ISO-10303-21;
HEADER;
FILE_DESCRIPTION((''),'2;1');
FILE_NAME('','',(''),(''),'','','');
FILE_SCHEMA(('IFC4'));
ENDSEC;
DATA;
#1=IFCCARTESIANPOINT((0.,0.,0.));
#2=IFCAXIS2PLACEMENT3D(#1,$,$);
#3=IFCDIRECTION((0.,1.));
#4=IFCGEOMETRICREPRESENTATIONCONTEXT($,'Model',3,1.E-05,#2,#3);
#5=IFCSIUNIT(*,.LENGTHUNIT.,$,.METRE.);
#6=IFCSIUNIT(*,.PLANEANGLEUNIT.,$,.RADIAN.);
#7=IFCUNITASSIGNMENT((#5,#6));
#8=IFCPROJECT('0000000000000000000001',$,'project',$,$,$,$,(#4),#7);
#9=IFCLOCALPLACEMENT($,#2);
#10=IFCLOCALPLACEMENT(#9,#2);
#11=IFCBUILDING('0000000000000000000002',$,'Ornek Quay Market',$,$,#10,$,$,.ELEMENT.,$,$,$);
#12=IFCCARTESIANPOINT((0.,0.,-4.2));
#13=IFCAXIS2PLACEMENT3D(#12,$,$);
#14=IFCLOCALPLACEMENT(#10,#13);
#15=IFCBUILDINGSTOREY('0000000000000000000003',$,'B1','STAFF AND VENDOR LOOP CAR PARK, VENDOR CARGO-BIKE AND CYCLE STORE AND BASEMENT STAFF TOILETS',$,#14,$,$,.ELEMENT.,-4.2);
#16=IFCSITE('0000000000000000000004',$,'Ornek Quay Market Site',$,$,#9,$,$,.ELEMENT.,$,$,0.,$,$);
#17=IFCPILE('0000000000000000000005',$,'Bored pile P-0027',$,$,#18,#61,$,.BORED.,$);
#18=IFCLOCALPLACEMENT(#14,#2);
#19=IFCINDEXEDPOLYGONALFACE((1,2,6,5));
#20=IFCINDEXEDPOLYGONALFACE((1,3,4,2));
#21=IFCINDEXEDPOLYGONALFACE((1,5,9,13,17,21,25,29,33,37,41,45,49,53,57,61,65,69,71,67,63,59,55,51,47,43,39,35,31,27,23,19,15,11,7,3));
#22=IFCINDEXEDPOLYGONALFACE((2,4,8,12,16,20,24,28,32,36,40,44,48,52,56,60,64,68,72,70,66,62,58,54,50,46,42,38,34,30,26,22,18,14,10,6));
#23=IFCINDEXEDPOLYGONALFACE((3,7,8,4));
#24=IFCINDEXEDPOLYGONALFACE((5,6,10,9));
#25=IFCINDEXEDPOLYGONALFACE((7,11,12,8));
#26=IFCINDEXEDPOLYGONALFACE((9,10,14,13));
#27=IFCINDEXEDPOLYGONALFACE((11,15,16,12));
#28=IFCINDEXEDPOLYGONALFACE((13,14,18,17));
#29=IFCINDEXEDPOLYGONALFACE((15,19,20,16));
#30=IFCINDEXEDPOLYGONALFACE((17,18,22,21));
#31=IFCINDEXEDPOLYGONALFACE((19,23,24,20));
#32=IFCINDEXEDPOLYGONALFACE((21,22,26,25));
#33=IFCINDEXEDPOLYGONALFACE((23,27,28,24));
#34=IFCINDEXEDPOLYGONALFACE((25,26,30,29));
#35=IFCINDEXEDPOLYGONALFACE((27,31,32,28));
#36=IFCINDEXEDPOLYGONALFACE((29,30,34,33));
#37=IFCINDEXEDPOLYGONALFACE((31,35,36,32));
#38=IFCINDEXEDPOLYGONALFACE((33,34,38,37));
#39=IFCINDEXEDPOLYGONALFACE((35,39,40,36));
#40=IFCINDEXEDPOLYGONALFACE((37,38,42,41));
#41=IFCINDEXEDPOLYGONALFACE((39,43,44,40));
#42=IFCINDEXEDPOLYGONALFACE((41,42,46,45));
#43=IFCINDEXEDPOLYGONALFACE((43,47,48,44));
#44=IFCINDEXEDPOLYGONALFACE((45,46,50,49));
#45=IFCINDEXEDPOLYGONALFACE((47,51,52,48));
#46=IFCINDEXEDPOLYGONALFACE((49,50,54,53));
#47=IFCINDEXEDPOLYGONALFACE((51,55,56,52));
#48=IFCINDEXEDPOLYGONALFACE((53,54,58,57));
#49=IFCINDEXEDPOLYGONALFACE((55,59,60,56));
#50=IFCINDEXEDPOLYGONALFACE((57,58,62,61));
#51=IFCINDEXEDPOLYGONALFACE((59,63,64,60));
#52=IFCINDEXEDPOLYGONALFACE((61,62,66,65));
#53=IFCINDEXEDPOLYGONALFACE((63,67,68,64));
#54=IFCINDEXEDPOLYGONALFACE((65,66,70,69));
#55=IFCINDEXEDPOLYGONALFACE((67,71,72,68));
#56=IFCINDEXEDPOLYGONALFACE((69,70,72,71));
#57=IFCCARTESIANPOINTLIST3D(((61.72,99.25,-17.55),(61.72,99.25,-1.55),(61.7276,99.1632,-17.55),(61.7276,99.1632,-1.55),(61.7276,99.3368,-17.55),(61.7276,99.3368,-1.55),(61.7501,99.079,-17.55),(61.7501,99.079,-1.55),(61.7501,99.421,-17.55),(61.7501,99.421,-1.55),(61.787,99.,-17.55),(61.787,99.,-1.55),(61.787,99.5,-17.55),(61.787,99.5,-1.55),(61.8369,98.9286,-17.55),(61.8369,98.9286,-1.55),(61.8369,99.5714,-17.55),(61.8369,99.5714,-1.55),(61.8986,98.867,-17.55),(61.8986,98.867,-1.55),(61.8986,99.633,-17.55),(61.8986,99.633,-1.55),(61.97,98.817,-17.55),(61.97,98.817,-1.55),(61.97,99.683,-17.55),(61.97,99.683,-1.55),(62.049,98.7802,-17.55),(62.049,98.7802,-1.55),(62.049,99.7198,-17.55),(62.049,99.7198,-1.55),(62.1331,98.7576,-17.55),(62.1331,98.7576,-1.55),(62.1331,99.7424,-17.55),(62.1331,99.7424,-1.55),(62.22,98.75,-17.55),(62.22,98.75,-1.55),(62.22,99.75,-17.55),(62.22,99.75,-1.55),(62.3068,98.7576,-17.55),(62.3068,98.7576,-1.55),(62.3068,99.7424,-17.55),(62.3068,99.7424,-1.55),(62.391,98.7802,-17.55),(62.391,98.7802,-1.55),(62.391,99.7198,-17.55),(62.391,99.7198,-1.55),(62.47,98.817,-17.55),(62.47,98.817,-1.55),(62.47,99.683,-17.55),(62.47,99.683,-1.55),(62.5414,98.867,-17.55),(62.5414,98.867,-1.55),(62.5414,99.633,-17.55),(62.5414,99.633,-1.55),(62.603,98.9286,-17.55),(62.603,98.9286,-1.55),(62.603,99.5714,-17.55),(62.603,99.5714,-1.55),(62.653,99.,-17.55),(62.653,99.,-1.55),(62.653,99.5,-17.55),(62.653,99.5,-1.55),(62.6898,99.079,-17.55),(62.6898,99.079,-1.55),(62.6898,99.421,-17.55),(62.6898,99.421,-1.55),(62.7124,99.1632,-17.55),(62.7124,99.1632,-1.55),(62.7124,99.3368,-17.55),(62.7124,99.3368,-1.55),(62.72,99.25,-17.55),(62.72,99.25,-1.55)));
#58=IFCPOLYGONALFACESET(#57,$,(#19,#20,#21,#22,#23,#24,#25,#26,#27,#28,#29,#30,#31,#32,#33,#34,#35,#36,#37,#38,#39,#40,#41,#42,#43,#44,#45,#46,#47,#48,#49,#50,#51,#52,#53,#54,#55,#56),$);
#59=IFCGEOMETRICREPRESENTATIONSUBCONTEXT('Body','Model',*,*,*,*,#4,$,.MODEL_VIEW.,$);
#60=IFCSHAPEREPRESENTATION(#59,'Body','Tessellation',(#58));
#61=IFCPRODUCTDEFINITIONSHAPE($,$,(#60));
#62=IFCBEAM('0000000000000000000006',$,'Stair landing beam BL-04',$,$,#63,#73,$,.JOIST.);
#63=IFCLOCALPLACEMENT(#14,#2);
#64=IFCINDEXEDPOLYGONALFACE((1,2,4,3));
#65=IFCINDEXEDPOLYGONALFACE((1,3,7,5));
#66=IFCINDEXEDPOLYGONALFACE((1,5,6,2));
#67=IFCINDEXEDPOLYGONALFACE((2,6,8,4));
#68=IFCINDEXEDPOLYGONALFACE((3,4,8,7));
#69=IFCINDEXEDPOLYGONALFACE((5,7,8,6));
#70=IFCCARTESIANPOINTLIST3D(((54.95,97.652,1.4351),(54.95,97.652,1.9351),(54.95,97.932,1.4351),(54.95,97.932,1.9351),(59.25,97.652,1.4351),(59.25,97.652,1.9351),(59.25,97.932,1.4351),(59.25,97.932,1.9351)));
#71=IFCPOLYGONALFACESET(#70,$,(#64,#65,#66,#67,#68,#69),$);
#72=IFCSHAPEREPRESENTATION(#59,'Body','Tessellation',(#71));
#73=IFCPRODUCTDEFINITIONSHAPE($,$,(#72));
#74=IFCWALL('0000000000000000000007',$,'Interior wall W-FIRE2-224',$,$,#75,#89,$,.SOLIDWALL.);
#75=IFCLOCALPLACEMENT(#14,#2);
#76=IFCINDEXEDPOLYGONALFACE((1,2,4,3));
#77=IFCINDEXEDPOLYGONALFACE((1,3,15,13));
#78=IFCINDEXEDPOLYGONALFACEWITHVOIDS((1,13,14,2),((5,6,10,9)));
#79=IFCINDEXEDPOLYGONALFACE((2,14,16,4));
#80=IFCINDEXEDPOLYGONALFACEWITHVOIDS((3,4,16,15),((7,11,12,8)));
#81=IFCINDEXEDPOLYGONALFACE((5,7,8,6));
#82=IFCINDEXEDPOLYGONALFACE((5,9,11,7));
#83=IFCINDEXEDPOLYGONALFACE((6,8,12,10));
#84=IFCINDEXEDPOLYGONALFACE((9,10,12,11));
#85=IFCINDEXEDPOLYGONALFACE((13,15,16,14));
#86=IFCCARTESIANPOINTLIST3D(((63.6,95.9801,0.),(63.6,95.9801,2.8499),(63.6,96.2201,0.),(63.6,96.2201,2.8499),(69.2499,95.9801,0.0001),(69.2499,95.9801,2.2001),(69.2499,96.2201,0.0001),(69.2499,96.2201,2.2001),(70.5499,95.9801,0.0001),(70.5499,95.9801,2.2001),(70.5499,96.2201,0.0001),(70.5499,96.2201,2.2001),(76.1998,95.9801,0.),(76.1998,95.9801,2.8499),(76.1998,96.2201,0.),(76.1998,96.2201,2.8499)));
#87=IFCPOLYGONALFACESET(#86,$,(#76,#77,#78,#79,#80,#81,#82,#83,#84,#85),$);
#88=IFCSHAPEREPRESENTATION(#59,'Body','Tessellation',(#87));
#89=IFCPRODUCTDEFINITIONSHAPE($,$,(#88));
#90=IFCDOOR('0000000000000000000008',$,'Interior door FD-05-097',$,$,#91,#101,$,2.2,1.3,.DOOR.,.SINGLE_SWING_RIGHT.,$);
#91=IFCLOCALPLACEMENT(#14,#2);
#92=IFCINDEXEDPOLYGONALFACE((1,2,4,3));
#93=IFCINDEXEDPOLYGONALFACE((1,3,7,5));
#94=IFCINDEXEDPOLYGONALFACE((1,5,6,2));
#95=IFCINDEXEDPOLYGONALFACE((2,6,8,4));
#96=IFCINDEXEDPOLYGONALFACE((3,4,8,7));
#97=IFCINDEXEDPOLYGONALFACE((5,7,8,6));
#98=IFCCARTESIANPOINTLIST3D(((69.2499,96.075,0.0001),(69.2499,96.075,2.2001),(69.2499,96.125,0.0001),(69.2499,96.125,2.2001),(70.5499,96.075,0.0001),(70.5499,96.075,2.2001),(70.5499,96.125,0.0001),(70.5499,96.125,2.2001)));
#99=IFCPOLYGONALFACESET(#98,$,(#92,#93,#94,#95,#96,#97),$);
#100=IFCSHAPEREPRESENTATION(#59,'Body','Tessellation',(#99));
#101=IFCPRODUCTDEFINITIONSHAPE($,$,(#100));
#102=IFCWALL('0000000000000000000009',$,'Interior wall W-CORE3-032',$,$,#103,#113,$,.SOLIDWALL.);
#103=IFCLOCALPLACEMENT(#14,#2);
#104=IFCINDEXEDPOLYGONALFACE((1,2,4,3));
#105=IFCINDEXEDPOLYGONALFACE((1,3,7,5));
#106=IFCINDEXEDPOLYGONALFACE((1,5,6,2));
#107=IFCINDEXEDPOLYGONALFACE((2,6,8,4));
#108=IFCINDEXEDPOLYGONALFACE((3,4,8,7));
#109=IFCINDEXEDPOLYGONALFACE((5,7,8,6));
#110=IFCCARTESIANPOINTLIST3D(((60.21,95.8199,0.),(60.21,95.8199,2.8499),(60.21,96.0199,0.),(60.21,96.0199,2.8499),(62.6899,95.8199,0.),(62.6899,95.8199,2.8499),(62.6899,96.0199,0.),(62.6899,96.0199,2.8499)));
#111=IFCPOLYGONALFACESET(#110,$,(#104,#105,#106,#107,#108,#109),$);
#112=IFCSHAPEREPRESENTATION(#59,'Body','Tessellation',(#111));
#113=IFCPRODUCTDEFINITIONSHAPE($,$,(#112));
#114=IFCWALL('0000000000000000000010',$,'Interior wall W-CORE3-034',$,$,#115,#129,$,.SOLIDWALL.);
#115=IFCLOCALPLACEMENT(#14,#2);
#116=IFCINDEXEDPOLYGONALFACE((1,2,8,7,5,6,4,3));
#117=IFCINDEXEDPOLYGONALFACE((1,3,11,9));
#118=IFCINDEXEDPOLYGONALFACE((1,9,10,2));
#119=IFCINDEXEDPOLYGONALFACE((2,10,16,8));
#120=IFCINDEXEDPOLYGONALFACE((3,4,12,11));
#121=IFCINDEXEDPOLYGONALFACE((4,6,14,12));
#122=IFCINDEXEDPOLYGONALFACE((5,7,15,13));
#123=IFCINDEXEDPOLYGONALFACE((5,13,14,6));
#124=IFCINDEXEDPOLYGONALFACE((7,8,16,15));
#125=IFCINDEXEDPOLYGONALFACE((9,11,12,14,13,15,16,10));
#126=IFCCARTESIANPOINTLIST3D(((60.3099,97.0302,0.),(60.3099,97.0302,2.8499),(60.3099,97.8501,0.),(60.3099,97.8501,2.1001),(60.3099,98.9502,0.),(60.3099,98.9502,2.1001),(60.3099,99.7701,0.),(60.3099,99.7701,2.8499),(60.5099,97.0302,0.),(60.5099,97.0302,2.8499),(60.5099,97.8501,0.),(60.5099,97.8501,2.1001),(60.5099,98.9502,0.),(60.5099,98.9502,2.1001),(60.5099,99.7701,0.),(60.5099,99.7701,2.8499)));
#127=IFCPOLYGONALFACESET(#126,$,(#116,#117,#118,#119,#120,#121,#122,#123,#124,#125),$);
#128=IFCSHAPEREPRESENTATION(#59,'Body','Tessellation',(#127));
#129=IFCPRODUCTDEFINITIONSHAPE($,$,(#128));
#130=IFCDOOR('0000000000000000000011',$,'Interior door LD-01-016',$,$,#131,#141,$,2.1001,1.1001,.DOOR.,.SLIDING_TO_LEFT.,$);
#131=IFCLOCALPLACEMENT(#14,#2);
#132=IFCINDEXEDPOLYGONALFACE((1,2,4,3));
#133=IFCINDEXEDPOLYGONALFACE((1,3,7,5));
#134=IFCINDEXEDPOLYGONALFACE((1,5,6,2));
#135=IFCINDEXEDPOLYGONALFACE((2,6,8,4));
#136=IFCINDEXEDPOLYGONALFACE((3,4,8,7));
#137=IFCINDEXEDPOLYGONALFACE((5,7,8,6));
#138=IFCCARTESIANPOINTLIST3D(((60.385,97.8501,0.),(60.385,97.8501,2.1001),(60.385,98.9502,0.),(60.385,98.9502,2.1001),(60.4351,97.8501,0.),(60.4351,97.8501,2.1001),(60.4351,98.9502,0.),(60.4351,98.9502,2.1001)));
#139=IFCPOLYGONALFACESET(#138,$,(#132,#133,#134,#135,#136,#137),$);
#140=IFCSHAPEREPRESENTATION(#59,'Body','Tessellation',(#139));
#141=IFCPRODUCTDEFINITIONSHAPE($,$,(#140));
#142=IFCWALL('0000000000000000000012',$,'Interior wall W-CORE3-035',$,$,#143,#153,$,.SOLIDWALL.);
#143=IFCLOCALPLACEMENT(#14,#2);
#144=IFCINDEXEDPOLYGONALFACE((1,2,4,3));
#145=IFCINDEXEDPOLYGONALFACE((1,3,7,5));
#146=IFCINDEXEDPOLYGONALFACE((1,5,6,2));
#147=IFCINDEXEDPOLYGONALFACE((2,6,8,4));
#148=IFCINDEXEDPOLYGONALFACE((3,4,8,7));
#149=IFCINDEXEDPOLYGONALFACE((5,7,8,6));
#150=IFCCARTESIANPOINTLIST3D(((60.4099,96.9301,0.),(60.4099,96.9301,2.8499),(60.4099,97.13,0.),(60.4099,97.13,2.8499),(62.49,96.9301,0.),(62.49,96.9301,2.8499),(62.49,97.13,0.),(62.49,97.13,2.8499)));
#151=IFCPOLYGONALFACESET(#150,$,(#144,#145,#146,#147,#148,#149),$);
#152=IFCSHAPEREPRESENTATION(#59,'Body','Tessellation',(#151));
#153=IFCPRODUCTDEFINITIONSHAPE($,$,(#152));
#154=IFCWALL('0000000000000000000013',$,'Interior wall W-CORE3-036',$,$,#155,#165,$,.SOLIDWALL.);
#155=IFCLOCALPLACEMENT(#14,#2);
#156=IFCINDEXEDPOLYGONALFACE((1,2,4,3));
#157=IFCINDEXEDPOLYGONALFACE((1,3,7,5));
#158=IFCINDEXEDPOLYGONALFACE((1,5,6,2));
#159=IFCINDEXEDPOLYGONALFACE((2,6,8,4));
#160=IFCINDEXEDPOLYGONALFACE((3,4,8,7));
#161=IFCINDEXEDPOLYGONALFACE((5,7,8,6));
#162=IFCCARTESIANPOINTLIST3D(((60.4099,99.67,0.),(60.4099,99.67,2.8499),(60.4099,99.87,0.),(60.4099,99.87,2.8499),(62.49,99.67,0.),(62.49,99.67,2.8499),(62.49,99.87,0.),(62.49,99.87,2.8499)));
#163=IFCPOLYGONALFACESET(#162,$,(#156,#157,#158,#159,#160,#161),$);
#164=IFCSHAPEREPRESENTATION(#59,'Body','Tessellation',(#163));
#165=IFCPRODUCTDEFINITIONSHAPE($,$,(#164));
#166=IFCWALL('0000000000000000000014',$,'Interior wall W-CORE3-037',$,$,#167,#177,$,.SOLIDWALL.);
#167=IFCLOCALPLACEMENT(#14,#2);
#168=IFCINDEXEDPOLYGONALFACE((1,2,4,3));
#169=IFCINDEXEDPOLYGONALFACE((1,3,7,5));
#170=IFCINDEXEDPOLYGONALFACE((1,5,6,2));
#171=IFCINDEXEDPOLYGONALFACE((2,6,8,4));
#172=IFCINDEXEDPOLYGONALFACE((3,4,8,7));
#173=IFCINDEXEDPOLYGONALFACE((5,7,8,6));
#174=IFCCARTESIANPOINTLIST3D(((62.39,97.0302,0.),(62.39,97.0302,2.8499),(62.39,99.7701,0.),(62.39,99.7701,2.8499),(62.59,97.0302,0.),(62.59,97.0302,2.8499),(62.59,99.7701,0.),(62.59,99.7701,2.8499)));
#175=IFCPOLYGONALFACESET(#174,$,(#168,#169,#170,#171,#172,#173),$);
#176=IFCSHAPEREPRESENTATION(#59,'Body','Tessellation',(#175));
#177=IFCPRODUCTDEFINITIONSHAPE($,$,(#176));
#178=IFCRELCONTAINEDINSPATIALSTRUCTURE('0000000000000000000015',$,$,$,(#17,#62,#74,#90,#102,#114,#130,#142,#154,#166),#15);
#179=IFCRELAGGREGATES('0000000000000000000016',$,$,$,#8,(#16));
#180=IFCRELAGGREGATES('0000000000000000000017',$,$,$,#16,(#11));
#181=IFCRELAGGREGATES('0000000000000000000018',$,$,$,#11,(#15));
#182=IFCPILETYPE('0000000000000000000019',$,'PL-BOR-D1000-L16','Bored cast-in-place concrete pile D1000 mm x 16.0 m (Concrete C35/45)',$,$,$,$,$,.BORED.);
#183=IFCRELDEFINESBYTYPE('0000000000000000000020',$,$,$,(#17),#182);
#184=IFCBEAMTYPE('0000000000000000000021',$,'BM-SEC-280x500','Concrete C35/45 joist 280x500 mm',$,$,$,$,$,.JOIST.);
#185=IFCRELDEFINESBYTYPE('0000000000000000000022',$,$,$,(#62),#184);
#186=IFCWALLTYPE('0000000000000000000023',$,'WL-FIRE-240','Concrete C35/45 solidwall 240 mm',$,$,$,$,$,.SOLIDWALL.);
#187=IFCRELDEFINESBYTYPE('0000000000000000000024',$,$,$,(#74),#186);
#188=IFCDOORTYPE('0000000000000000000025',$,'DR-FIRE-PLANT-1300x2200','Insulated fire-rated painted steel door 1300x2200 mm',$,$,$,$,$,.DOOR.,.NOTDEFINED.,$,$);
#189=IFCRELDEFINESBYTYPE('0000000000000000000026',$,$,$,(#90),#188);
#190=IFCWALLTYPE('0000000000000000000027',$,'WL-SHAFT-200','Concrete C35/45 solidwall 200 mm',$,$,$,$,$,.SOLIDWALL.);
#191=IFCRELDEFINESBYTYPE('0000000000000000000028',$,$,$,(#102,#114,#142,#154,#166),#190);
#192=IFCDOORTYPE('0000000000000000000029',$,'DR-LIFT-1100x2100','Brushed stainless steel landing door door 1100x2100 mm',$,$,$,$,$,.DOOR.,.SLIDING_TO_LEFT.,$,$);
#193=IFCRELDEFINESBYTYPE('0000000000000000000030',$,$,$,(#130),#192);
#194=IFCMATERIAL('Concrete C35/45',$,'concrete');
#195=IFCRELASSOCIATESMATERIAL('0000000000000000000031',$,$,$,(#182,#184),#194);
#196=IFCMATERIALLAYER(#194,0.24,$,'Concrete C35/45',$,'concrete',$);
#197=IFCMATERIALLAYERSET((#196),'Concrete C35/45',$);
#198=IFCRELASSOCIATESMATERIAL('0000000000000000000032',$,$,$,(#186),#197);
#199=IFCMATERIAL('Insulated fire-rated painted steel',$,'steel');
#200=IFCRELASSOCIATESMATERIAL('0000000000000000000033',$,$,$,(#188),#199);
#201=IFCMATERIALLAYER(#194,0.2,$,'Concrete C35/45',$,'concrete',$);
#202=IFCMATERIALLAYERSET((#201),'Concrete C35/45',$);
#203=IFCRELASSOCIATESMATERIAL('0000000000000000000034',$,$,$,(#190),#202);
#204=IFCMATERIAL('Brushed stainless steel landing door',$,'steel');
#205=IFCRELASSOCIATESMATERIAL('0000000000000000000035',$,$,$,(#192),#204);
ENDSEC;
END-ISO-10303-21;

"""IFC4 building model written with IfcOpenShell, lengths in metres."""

from ifc_helpers import new_model, si_unit, direction, frame, frame_2d, origin, origin_2d, place, context, subcontext, project, spatial, rectangle, circle, extrude, material, layer, layer_set, material_profile, profile_set, type_object, element, fill, save


model = new_model("IFC4")

# Units and contexts
model_context = context("Model", 3, precision=1e-05, world=origin(), true_north=direction((0.0, 1.0)))
body_context = subcontext(model_context, "Body", "Model", "MODEL_VIEW")
ifc_project = project(units=[si_unit("LENGTHUNIT", "METRE"), si_unit("PLANEANGLEUNIT", "RADIAN")], contexts=[model_context])

# Site, building, storey
site_placement = place(None, origin())
site = spatial("IfcSite", under=ifc_project, at=site_placement, Name="Ornek Quay Market Site", CompositionType="ELEMENT", RefElevation=0.0)
building_placement = place(site_placement, origin())
building = spatial("IfcBuilding", under=site, at=building_placement, Name="Ornek Quay Market", CompositionType="ELEMENT")
storey_placement = place(building_placement, frame((0.0, 0.0, -4.2)))
storey = spatial("IfcBuildingStorey", under=building, at=storey_placement, Name="B1", Description="STAFF AND VENDOR LOOP CAR PARK, VENDOR CARGO-BIKE AND CYCLE STORE AND BASEMENT STAFF TOILETS", CompositionType="ELEMENT", Elevation=-4.2)

# Pile
ifc_material_1 = material(Name="Concrete C35/45", Category="concrete")
ifc_material_profile_1 = material_profile(ifc_material_1, circle(Radius=0.5, at=origin_2d()), Name="PILE D1000", Category="concrete")
ifc_profile_set_1 = profile_set([ifc_material_profile_1], Name="Concrete C35/45")
pile_type = type_object("IfcPileType", Name="PL-BOR-D1000-L16", Description="Bored cast-in-place concrete pile D1000 mm x 16.0 m (Concrete C35/45)", PredefinedType="BORED", material=ifc_profile_set_1)
for number, where, z_axis, x_axis, name in (
    (1, (62.22, 99.25, -1.55), (0.0, 0.0, -1.0), (1.0, 0.0, 0.0), "Bored pile P-0027"),
):
    element("IfcPile", number, at=place(storey_placement, frame(where, z_axis=z_axis, x_axis=x_axis)), inside=storey, type_object=pile_type, Name=name, PredefinedType="BORED", context=body_context, shape_type="SweptSolid", body=[
        extrude(circle(Radius=0.5, at=origin_2d()), origin(), (0.0, 0.0, 1.0), 16.0),
    ])

# Beam
ifc_material_profile_2 = material_profile(ifc_material_1, rectangle(XDim=0.28, YDim=0.5, at=origin_2d()), Name="RC 280x500", Category="concrete")
ifc_profile_set_2 = profile_set([ifc_material_profile_2], Name="Concrete C35/45")
beam_type = type_object("IfcBeamType", Name="BM-SEC-280x500", Description="Concrete C35/45 joist 280x500 mm", PredefinedType="JOIST", material=ifc_profile_set_2)
beam_placement = place(storey_placement, frame((54.95, 97.792, 1.6851), z_axis=(1.0, 0.0, 0.0), x_axis=(0.0, 1.0, 0.0)))
element("IfcBeam", 2, at=beam_placement, inside=storey, type_object=beam_type, Name="Stair landing beam BL-04", PredefinedType="JOIST", context=body_context, shape_type="SweptSolid", body=[
    extrude(rectangle(XDim=0.28, YDim=0.5, at=origin_2d()), origin(), (0.0, 0.0, 1.0), 4.3),
])

# Wall, opening, door
ifc_layer_1 = layer(ifc_material_1, 0.24, Name="Concrete C35/45", Category="concrete")
ifc_layer_set_1 = layer_set([ifc_layer_1], Name="Concrete C35/45")
wall_type_1 = type_object("IfcWallType", Name="WL-FIRE-240", Description="Concrete C35/45 solidwall 240 mm", PredefinedType="SOLIDWALL", material=ifc_layer_set_1)
wall_1_placement = place(storey_placement, frame((63.6001, 96.1001, 0.0), z_axis=(0.0, 0.0, 1.0), x_axis=(1.0, 0.0, 0.0)))
wall_1 = element("IfcWall", 3, at=wall_1_placement, inside=storey, type_object=wall_type_1, Name="Interior wall W-FIRE2-224", PredefinedType="SOLIDWALL", context=body_context, shape_type="SweptSolid", body=[
    extrude(rectangle(XDim=12.5999, YDim=0.24, at=frame_2d((6.2998, 0.0))), origin(), (0.0, 0.0, 1.0), 2.8499),
])
opening_1_placement = place(wall_1_placement, frame((5.6499, 0.0, 0.0)))
opening_1 = element("IfcOpeningElement", 4, at=opening_1_placement, cuts=wall_1, PredefinedType="OPENING", context=body_context, shape_type="SweptSolid", body=[
    extrude(rectangle(XDim=1.3, YDim=2.2, at=frame_2d((0.6499, 1.1001))), frame((0.0, 0.1299, 0.0), z_axis=(0.0, -1.0, 0.0), x_axis=(1.0, 0.0, 0.0)), (0.0, 0.0, 1.0), 0.26),
])
ifc_material_2 = material(Name="Insulated fire-rated painted steel", Category="steel")
door_type_1 = type_object("IfcDoorType", Name="DR-FIRE-PLANT-1300x2200", Description="Insulated fire-rated painted steel door 1300x2200 mm", OperationType="NOTDEFINED", PredefinedType="DOOR", material=ifc_material_2)
door_1_placement = place(opening_1_placement, origin())
door_1 = element("IfcDoor", 5, at=door_1_placement, inside=storey, type_object=door_type_1, Name="Interior door FD-05-097", OperationType="SINGLE_SWING_RIGHT", OverallHeight=2.2, OverallWidth=1.3, PredefinedType="DOOR", context=body_context, shape_type="SweptSolid", body=[
    extrude(rectangle(XDim=1.3, YDim=2.2, at=frame_2d((0.6499, 1.1001))), frame((0.0, 0.0249, 0.0), z_axis=(0.0, -1.0, 0.0), x_axis=(1.0, 0.0, 0.0)), (0.0, 0.0, 1.0), 0.05),
])
fill(opening_1, door_1)

# Wall
ifc_layer_2 = layer(ifc_material_1, 0.2, Name="Concrete C35/45", Category="concrete")
ifc_layer_set_2 = layer_set([ifc_layer_2], Name="Concrete C35/45")
wall_type_2 = type_object("IfcWallType", Name="WL-SHAFT-200", Description="Concrete C35/45 solidwall 200 mm", PredefinedType="SOLIDWALL", material=ifc_layer_set_2)
wall_2_placement = place(storey_placement, frame((60.21, 95.9199, 0.0), z_axis=(0.0, 0.0, 1.0), x_axis=(1.0, 0.0, 0.0)))
element("IfcWall", 6, at=wall_2_placement, inside=storey, type_object=wall_type_2, Name="Interior wall W-CORE3-032", PredefinedType="SOLIDWALL", context=body_context, shape_type="SweptSolid", body=[
    extrude(rectangle(XDim=2.48, YDim=0.2, at=frame_2d((1.24, 0.0))), origin(), (0.0, 0.0, 1.0), 2.8499),
])

# Wall, opening, door
wall_3_placement = place(storey_placement, frame((60.4099, 97.03, 0.0), z_axis=(0.0, 0.0, 1.0), x_axis=(0.0, 1.0, 0.0)))
wall_3 = element("IfcWall", 7, at=wall_3_placement, inside=storey, type_object=wall_type_2, Name="Interior wall W-CORE3-034", PredefinedType="SOLIDWALL", context=body_context, shape_type="SweptSolid", body=[
    extrude(rectangle(XDim=2.74, YDim=0.2, at=frame_2d((1.3701, 0.0))), origin(), (0.0, 0.0, 1.0), 2.8499),
])
opening_2_placement = place(wall_3_placement, frame((0.8201, 0.0, 0.0)))
opening_2 = element("IfcOpeningElement", 8, at=opening_2_placement, cuts=wall_3, PredefinedType="OPENING", context=body_context, shape_type="SweptSolid", body=[
    extrude(rectangle(XDim=1.1001, YDim=2.1001, at=frame_2d((0.55, 1.05))), frame((0.0, 0.1099, 0.0), z_axis=(0.0, -1.0, 0.0), x_axis=(1.0, 0.0, 0.0)), (0.0, 0.0, 1.0), 0.22),
])
ifc_material_3 = material(Name="Brushed stainless steel landing door", Category="steel")
door_type_2 = type_object("IfcDoorType", Name="DR-LIFT-1100x2100", Description="Brushed stainless steel landing door door 1100x2100 mm", OperationType="SLIDING_TO_LEFT", PredefinedType="DOOR", material=ifc_material_3)
door_2_placement = place(opening_2_placement, origin())
door_2 = element("IfcDoor", 9, at=door_2_placement, inside=storey, type_object=door_type_2, Name="Interior door LD-01-016", OperationType="SLIDING_TO_LEFT", OverallHeight=2.1001, OverallWidth=1.1001, PredefinedType="DOOR", context=body_context, shape_type="SweptSolid", body=[
    extrude(rectangle(XDim=1.1001, YDim=2.1001, at=frame_2d((0.55, 1.05))), frame((0.0, 0.0249, 0.0), z_axis=(0.0, -1.0, 0.0), x_axis=(1.0, 0.0, 0.0)), (0.0, 0.0, 1.0), 0.05),
])
fill(opening_2, door_2)

# Walls
for number, where, z_axis, x_axis, name in (
    (10, (60.4099, 97.03, 0.0), (0.0, 0.0, 1.0), (1.0, 0.0, 0.0), "Interior wall W-CORE3-035"),
    (11, (60.4099, 99.77, 0.0), (0.0, 0.0, 1.0), (1.0, 0.0, 0.0), "Interior wall W-CORE3-036"),
):
    element("IfcWall", number, at=place(storey_placement, frame(where, z_axis=z_axis, x_axis=x_axis)), inside=storey, type_object=wall_type_2, Name=name, PredefinedType="SOLIDWALL", context=body_context, shape_type="SweptSolid", body=[
        extrude(rectangle(XDim=2.0801, YDim=0.2, at=frame_2d((1.04, 0.0))), origin(), (0.0, 0.0, 1.0), 2.8499),
    ])
wall_4_placement = place(storey_placement, frame((62.49, 97.03, 0.0), z_axis=(0.0, 0.0, 1.0), x_axis=(0.0, 1.0, 0.0)))
element("IfcWall", 12, at=wall_4_placement, inside=storey, type_object=wall_type_2, Name="Interior wall W-CORE3-037", PredefinedType="SOLIDWALL", context=body_context, shape_type="SweptSolid", body=[
    extrude(rectangle(XDim=2.74, YDim=0.2, at=frame_2d((1.3701, 0.0))), origin(), (0.0, 0.0, 1.0), 2.8499),
])

save(model, "model.ifc")
